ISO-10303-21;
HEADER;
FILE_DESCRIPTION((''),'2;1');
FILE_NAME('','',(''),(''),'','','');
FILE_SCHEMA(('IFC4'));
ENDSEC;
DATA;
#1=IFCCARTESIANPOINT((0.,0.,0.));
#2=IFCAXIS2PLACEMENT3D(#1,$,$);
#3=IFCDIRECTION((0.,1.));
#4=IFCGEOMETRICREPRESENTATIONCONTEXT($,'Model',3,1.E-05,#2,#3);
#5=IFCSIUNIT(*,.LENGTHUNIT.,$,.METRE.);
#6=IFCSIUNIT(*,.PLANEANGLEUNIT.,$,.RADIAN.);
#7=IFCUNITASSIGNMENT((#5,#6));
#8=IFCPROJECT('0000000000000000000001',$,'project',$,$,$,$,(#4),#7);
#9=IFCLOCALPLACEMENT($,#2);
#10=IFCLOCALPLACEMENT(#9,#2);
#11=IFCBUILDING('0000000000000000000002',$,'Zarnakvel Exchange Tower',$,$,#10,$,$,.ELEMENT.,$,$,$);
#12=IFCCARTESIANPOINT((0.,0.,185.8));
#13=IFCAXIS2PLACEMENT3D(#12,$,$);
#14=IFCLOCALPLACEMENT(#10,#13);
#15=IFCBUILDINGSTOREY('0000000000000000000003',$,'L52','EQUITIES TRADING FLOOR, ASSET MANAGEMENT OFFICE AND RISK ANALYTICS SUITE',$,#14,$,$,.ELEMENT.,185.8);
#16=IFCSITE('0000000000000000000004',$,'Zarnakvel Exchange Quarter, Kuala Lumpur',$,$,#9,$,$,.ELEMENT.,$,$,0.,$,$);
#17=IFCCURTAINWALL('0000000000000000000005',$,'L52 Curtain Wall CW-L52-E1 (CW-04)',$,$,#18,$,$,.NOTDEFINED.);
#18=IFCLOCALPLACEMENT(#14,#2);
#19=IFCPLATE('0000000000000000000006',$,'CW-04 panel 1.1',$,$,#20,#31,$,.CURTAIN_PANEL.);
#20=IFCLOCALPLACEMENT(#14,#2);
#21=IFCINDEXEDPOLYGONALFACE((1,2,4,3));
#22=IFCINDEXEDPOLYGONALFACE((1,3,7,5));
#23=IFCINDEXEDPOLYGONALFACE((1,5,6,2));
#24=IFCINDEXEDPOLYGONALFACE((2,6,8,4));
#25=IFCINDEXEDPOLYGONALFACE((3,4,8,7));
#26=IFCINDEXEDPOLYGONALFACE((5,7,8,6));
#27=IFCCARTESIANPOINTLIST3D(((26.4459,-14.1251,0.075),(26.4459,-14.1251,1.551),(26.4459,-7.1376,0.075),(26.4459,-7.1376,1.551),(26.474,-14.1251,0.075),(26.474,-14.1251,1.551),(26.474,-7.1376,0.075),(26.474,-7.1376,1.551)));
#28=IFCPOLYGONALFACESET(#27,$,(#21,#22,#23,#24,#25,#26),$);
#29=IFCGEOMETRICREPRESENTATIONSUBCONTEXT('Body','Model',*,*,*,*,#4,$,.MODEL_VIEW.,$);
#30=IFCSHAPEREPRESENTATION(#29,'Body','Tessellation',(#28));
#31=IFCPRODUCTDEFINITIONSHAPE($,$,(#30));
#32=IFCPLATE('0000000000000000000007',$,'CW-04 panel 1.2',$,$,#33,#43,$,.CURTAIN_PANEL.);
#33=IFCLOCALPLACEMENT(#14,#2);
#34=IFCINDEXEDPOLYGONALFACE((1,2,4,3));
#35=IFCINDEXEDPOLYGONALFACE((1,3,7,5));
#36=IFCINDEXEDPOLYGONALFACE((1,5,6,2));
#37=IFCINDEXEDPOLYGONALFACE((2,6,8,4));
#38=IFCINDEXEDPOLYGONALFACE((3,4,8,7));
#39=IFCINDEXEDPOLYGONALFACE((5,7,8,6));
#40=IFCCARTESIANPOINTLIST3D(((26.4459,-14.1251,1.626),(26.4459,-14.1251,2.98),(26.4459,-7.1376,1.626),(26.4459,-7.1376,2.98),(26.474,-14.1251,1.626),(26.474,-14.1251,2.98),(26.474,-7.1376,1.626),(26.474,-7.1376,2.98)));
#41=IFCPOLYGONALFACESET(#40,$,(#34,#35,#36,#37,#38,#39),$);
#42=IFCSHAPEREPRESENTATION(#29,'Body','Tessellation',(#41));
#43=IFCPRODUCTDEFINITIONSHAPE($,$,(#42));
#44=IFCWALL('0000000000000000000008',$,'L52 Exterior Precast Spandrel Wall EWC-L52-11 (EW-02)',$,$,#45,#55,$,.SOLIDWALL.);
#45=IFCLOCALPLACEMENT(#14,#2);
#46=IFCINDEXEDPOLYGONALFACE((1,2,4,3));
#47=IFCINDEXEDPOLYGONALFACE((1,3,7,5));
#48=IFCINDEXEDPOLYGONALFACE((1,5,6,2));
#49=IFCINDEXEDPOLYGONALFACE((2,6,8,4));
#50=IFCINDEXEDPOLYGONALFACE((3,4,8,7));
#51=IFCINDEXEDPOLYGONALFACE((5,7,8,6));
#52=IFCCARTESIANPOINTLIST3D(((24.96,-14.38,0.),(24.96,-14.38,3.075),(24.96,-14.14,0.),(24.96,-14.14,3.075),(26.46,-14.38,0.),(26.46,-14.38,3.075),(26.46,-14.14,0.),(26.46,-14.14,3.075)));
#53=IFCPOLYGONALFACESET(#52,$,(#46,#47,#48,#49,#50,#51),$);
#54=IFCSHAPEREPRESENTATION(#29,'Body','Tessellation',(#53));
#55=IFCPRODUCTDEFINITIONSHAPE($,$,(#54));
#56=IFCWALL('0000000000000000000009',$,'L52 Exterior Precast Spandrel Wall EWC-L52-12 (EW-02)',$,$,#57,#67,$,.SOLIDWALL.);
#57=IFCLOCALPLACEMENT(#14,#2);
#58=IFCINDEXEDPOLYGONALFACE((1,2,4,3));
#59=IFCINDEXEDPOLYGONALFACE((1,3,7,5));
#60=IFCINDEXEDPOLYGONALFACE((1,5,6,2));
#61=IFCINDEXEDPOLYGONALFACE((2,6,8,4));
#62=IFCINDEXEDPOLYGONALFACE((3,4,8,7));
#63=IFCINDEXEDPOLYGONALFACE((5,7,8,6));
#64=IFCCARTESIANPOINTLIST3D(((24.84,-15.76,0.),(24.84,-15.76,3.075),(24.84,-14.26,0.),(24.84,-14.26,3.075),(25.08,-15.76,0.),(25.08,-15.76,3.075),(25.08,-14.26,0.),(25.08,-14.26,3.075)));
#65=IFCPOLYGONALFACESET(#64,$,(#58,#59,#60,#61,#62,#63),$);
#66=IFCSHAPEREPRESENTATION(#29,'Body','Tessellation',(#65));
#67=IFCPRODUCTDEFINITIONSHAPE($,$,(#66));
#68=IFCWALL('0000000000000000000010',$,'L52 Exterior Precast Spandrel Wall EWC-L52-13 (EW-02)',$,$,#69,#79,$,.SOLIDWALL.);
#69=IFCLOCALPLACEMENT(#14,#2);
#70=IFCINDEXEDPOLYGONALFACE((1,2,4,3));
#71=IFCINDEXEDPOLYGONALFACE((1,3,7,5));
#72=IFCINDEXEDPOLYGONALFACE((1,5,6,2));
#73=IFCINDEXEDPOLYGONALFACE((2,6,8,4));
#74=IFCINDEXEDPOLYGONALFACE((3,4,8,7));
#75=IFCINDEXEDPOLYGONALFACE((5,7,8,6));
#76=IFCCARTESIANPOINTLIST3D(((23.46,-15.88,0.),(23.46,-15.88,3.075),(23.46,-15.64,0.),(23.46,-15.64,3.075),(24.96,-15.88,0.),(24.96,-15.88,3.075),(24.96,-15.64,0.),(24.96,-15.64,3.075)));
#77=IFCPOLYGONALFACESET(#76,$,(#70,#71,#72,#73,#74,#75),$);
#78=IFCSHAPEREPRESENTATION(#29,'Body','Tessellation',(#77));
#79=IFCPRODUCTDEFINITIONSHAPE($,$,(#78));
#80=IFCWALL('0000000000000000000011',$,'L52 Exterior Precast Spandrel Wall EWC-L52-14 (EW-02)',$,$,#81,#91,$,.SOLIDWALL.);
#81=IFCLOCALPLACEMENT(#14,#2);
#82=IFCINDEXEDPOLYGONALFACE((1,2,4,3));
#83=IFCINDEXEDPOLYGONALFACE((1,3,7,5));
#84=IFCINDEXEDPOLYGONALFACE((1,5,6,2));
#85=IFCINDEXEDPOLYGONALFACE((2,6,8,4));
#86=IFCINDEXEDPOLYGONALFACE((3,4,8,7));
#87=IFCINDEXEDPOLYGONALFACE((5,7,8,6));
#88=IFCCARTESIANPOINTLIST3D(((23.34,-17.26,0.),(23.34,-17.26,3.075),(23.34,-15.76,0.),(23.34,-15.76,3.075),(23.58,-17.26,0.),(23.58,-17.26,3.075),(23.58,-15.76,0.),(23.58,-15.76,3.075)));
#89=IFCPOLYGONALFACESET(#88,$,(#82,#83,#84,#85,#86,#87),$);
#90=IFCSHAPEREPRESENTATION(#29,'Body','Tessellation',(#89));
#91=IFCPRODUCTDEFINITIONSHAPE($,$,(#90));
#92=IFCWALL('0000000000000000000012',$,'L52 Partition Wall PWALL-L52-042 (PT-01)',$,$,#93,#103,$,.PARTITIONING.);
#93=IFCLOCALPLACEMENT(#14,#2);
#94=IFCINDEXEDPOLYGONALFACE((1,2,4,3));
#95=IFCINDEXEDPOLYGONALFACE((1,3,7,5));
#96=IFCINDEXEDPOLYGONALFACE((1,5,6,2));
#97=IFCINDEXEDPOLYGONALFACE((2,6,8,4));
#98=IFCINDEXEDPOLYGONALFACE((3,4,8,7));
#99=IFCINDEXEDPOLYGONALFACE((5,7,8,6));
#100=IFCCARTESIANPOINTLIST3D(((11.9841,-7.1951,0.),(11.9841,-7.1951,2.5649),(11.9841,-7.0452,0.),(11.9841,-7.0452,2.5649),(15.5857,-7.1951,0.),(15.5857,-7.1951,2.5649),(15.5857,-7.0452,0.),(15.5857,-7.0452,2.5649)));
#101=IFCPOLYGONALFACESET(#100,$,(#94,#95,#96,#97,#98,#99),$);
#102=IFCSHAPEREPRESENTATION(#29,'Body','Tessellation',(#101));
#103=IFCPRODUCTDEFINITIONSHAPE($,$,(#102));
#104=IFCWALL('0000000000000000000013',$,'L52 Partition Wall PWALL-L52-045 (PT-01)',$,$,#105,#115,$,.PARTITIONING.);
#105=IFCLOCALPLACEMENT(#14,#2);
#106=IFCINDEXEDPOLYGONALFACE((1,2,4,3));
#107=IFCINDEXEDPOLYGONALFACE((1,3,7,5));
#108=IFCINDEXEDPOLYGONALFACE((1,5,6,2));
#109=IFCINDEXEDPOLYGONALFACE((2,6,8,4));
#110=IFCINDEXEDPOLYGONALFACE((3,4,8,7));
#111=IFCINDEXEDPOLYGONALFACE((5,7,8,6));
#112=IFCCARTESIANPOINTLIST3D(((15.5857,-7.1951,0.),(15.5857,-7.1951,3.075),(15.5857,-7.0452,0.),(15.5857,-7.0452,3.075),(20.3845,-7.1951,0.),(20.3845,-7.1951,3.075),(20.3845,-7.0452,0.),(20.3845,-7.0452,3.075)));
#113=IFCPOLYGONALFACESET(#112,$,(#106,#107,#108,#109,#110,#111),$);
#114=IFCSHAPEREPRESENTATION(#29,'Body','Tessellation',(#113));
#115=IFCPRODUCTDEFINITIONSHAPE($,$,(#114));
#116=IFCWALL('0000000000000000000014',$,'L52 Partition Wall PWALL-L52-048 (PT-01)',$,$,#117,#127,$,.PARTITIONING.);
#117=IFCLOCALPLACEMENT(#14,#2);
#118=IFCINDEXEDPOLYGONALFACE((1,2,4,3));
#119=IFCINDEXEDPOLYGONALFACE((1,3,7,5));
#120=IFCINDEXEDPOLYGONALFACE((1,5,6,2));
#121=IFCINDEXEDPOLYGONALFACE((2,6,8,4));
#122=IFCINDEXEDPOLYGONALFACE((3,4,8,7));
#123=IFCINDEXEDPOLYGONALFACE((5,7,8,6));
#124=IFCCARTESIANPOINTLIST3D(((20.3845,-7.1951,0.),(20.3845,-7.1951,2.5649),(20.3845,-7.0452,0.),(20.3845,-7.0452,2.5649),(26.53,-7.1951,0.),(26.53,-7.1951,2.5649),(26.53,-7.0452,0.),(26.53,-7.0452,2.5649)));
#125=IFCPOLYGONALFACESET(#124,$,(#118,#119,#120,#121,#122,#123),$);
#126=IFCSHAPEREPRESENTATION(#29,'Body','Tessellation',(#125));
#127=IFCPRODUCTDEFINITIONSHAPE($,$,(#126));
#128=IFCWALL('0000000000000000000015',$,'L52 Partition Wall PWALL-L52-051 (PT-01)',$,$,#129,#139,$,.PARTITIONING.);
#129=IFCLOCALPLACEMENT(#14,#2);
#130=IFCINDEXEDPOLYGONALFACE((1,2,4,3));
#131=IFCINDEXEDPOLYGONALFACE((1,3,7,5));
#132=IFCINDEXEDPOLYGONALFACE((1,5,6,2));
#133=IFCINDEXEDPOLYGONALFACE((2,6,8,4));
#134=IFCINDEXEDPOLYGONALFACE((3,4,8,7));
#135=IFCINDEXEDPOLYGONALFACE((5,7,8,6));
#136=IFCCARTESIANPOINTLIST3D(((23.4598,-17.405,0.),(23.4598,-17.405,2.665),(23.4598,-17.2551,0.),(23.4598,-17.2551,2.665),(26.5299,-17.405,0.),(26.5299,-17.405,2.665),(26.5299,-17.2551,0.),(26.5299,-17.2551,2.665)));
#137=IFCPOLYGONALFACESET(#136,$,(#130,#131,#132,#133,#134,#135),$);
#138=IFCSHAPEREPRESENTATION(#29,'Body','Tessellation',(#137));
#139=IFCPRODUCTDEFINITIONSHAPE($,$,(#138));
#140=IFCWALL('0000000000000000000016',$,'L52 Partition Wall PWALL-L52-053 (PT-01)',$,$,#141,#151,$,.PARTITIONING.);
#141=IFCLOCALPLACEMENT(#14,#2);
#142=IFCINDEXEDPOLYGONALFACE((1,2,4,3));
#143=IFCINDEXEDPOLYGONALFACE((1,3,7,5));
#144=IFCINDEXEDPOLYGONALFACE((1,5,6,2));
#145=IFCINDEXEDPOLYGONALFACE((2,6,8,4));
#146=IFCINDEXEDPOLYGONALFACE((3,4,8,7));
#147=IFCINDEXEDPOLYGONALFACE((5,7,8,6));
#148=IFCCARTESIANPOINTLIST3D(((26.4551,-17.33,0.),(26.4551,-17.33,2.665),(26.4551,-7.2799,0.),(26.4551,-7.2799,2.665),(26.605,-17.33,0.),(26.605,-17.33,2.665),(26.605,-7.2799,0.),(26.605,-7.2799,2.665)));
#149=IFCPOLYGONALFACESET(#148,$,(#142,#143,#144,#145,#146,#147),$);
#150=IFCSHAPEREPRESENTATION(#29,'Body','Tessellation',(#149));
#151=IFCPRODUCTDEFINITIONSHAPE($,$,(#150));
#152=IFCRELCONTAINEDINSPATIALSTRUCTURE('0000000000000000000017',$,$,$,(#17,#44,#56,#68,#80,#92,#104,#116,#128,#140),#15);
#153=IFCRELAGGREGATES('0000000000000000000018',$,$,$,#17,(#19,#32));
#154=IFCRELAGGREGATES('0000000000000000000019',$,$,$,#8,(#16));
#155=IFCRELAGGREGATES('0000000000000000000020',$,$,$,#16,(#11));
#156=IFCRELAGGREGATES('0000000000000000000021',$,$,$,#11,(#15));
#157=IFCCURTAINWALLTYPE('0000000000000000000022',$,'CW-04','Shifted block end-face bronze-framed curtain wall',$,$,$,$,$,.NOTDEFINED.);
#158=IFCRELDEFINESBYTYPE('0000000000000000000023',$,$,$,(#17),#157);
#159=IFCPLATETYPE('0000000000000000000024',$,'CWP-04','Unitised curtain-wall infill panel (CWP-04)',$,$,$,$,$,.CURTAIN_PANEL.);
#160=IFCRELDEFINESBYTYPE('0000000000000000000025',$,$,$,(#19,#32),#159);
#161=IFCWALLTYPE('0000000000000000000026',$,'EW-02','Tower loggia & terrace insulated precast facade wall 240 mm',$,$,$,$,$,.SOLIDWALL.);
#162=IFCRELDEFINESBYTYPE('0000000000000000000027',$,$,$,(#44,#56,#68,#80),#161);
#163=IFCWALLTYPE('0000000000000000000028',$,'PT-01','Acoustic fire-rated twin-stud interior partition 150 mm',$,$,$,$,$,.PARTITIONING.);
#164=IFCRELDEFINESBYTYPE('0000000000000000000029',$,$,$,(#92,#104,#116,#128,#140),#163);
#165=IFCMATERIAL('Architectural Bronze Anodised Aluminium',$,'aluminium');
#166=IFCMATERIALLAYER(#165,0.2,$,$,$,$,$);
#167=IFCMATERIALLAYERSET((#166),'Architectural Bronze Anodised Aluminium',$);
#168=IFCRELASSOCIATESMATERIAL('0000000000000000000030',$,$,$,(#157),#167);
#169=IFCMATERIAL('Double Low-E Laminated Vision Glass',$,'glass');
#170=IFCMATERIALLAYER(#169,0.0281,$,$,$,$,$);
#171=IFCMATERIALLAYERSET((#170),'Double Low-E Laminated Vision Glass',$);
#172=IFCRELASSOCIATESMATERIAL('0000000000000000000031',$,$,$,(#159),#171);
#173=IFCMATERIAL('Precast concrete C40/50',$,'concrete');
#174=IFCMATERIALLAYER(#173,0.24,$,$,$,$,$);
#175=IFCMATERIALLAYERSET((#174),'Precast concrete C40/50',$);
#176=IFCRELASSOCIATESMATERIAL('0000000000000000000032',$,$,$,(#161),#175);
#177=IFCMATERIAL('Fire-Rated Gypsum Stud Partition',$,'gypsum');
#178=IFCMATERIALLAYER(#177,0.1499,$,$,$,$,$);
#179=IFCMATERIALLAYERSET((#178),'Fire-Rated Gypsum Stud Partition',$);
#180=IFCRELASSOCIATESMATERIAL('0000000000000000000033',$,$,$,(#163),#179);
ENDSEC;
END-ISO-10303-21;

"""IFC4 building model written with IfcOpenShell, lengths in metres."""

from ifc_helpers import new_model, si_unit, direction, frame, frame_2d, origin, origin_2d, place, context, subcontext, project, spatial, rectangle, extrude, source, transform, mapped, material, layer, layer_set, type_object, element, aggregate, save


model = new_model("IFC4")

# Units and contexts
model_context = context("Model", 3, precision=1e-05, world=origin(), true_north=direction((0.0, 1.0)))
body_context = subcontext(model_context, "Body", "Model", "MODEL_VIEW")
ifc_project = project(units=[si_unit("LENGTHUNIT", "METRE"), si_unit("PLANEANGLEUNIT", "RADIAN")], contexts=[model_context])

# Site, building, storey
site_placement = place(None, origin())
site = spatial("IfcSite", under=ifc_project, at=site_placement, Name="Zarnakvel Exchange Quarter, Kuala Lumpur", CompositionType="ELEMENT", RefElevation=0.0)
building_placement = place(site_placement, origin())
building = spatial("IfcBuilding", under=site, at=building_placement, Name="Zarnakvel Exchange Tower", CompositionType="ELEMENT")
storey_placement = place(building_placement, frame((0.0, 0.0, 185.8)))
storey = spatial("IfcBuildingStorey", under=building, at=storey_placement, Name="L52", Description="EQUITIES TRADING FLOOR, ASSET MANAGEMENT OFFICE AND RISK ANALYTICS SUITE", CompositionType="ELEMENT", Elevation=185.8)

# Curtain wall, plates
ifc_material_1 = material(Name="Architectural Bronze Anodised Aluminium", Category="aluminium")
ifc_layer_1 = layer(ifc_material_1, 0.2)
ifc_layer_set_1 = layer_set([ifc_layer_1], Name="Architectural Bronze Anodised Aluminium")
curtain_wall_type = type_object("IfcCurtainWallType", Name="CW-04", Description="Shifted block end-face bronze-framed curtain wall", PredefinedType="NOTDEFINED", material=ifc_layer_set_1)
curtain_wall_placement = place(storey_placement, origin())
curtain_wall = element("IfcCurtainWall", 1, at=curtain_wall_placement, inside=storey, type_object=curtain_wall_type, Name="L52 Curtain Wall CW-L52-E1 (CW-04)", PredefinedType="NOTDEFINED")
ifc_material_2 = material(Name="Double Low-E Laminated Vision Glass", Category="glass")
ifc_layer_2 = layer(ifc_material_2, 0.0281)
ifc_layer_set_2 = layer_set([ifc_layer_2], Name="Double Low-E Laminated Vision Glass")
plate_type = type_object("IfcPlateType", Name="CWP-04", Description="Unitised curtain-wall infill panel (CWP-04)", PredefinedType="CURTAIN_PANEL", material=ifc_layer_set_2)
shared_shape_1 = source(origin(), body_context, "Body", "SweptSolid", [
    extrude(rectangle(XDim=6.9875, YDim=0.0281, at=origin_2d()), origin(), (0.0, 0.0, 1.0), 1.4761),
])
plate_1_placement = place(storey_placement, frame((26.46, -10.6313, 0.075), z_axis=(0.0, 0.0, 1.0), x_axis=(0.0, 1.0, 0.0)))
plate_1 = element("IfcPlate", 2, at=plate_1_placement, type_object=plate_type, Name="CW-04 panel 1.1", PredefinedType="CURTAIN_PANEL", context=body_context, shape_type="MappedRepresentation", body=[
    mapped(shared_shape_1, transform((0.0, 0.0, 0.0), x_axis=(1.0, 0.0, 0.0), y_axis=(0.0, 1.0, 0.0), z_axis=(0.0, 0.0, 1.0), scale=1.0)),
])
shared_shape_2 = source(origin(), body_context, "Body", "SweptSolid", [
    extrude(rectangle(XDim=6.9875, YDim=0.0281, at=origin_2d()), origin(), (0.0, 0.0, 1.0), 1.354),
])
plate_2_placement = place(storey_placement, frame((26.46, -10.6313, 1.626), z_axis=(0.0, 0.0, 1.0), x_axis=(0.0, 1.0, 0.0)))
plate_2 = element("IfcPlate", 3, at=plate_2_placement, type_object=plate_type, Name="CW-04 panel 1.2", PredefinedType="CURTAIN_PANEL", context=body_context, shape_type="MappedRepresentation", body=[
    mapped(shared_shape_2, transform((0.0, 0.0, 0.0), x_axis=(1.0, 0.0, 0.0), y_axis=(0.0, 1.0, 0.0), z_axis=(0.0, 0.0, 1.0), scale=1.0)),
])
aggregate(curtain_wall, [plate_1, plate_2])

# Walls
ifc_material_3 = material(Name="Precast concrete C40/50", Category="concrete")
ifc_layer_3 = layer(ifc_material_3, 0.24)
ifc_layer_set_3 = layer_set([ifc_layer_3], Name="Precast concrete C40/50")
wall_type_1 = type_object("IfcWallType", Name="EW-02", Description="Tower loggia & terrace insulated precast facade wall 240 mm", PredefinedType="SOLIDWALL", material=ifc_layer_set_3)
for number, where, z_axis, x_axis, name in (
    (4, (24.96, -14.26, 0.0), (0.0, 0.0, 1.0), (1.0, 0.0, 0.0), "L52 Exterior Precast Spandrel Wall EWC-L52-11 (EW-02)"),
    (5, (24.96, -15.76, 0.0), (0.0, 0.0, 1.0), (0.0, 1.0, 0.0), "L52 Exterior Precast Spandrel Wall EWC-L52-12 (EW-02)"),
    (6, (23.46, -15.76, 0.0), (0.0, 0.0, 1.0), (1.0, 0.0, 0.0), "L52 Exterior Precast Spandrel Wall EWC-L52-13 (EW-02)"),
    (7, (23.46, -17.26, 0.0), (0.0, 0.0, 1.0), (0.0, 1.0, 0.0), "L52 Exterior Precast Spandrel Wall EWC-L52-14 (EW-02)"),
):
    element("IfcWall", number, at=place(storey_placement, frame(where, z_axis=z_axis, x_axis=x_axis)), inside=storey, type_object=wall_type_1, Name=name, PredefinedType="SOLIDWALL", context=body_context, shape_type="SweptSolid", body=[
        extrude(rectangle(XDim=1.5, YDim=0.24, at=frame_2d((0.75, 0.0))), origin(), (0.0, 0.0, 1.0), 3.075),
    ])
ifc_material_4 = material(Name="Fire-Rated Gypsum Stud Partition", Category="gypsum")
ifc_layer_4 = layer(ifc_material_4, 0.1499)
ifc_layer_set_4 = layer_set([ifc_layer_4], Name="Fire-Rated Gypsum Stud Partition")
wall_type_2 = type_object("IfcWallType", Name="PT-01", Description="Acoustic fire-rated twin-stud interior partition 150 mm", PredefinedType="PARTITIONING", material=ifc_layer_set_4)
wall_1_placement = place(storey_placement, frame((15.5857, -7.1201, 0.0), z_axis=(0.0, 0.0, 1.0), x_axis=(-1.0, 0.0, 0.0)))
element("IfcWall", 8, at=wall_1_placement, inside=storey, type_object=wall_type_2, Name="L52 Partition Wall PWALL-L52-042 (PT-01)", PredefinedType="PARTITIONING", context=body_context, shape_type="SweptSolid", body=[
    extrude(rectangle(XDim=3.6016, YDim=0.1499, at=frame_2d((1.8008, 0.0))), origin(), (0.0, 0.0, 1.0), 2.5649),
])
wall_2_placement = place(storey_placement, frame((20.3845, -7.1201, 0.0), z_axis=(0.0, 0.0, 1.0), x_axis=(-1.0, 0.0, 0.0)))
element("IfcWall", 9, at=wall_2_placement, inside=storey, type_object=wall_type_2, Name="L52 Partition Wall PWALL-L52-045 (PT-01)", PredefinedType="PARTITIONING", context=body_context, shape_type="SweptSolid", body=[
    extrude(rectangle(XDim=4.7988, YDim=0.1499, at=frame_2d((2.3994, 0.0))), origin(), (0.0, 0.0, 1.0), 3.075),
])
wall_3_placement = place(storey_placement, frame((26.53, -7.1201, 0.0), z_axis=(0.0, 0.0, 1.0), x_axis=(-1.0, 0.0, 0.0)))
element("IfcWall", 10, at=wall_3_placement, inside=storey, type_object=wall_type_2, Name="L52 Partition Wall PWALL-L52-048 (PT-01)", PredefinedType="PARTITIONING", context=body_context, shape_type="SweptSolid", body=[
    extrude(rectangle(XDim=6.1455, YDim=0.1499, at=frame_2d((3.0728, 0.0))), origin(), (0.0, 0.0, 1.0), 2.5649),
])
wall_4_placement = place(storey_placement, frame((26.53, -17.3301, 0.0), z_axis=(0.0, 0.0, 1.0), x_axis=(-1.0, 0.0, 0.0)))
element("IfcWall", 11, at=wall_4_placement, inside=storey, type_object=wall_type_2, Name="L52 Partition Wall PWALL-L52-051 (PT-01)", PredefinedType="PARTITIONING", context=body_context, shape_type="SweptSolid", body=[
    extrude(rectangle(XDim=3.0701, YDim=0.1499, at=frame_2d((1.5352, 0.0))), origin(), (0.0, 0.0, 1.0), 2.665),
])
wall_5_placement = place(storey_placement, frame((26.53, -7.28, 0.0), z_axis=(0.0, 0.0, 1.0), x_axis=(0.0, -1.0, 0.0)))
element("IfcWall", 12, at=wall_5_placement, inside=storey, type_object=wall_type_2, Name="L52 Partition Wall PWALL-L52-053 (PT-01)", PredefinedType="PARTITIONING", context=body_context, shape_type="SweptSolid", body=[
    extrude(rectangle(XDim=10.05, YDim=0.1499, at=frame_2d((5.0249, 0.0))), origin(), (0.0, 0.0, 1.0), 2.665),
])

save(model, "model.ifc")
